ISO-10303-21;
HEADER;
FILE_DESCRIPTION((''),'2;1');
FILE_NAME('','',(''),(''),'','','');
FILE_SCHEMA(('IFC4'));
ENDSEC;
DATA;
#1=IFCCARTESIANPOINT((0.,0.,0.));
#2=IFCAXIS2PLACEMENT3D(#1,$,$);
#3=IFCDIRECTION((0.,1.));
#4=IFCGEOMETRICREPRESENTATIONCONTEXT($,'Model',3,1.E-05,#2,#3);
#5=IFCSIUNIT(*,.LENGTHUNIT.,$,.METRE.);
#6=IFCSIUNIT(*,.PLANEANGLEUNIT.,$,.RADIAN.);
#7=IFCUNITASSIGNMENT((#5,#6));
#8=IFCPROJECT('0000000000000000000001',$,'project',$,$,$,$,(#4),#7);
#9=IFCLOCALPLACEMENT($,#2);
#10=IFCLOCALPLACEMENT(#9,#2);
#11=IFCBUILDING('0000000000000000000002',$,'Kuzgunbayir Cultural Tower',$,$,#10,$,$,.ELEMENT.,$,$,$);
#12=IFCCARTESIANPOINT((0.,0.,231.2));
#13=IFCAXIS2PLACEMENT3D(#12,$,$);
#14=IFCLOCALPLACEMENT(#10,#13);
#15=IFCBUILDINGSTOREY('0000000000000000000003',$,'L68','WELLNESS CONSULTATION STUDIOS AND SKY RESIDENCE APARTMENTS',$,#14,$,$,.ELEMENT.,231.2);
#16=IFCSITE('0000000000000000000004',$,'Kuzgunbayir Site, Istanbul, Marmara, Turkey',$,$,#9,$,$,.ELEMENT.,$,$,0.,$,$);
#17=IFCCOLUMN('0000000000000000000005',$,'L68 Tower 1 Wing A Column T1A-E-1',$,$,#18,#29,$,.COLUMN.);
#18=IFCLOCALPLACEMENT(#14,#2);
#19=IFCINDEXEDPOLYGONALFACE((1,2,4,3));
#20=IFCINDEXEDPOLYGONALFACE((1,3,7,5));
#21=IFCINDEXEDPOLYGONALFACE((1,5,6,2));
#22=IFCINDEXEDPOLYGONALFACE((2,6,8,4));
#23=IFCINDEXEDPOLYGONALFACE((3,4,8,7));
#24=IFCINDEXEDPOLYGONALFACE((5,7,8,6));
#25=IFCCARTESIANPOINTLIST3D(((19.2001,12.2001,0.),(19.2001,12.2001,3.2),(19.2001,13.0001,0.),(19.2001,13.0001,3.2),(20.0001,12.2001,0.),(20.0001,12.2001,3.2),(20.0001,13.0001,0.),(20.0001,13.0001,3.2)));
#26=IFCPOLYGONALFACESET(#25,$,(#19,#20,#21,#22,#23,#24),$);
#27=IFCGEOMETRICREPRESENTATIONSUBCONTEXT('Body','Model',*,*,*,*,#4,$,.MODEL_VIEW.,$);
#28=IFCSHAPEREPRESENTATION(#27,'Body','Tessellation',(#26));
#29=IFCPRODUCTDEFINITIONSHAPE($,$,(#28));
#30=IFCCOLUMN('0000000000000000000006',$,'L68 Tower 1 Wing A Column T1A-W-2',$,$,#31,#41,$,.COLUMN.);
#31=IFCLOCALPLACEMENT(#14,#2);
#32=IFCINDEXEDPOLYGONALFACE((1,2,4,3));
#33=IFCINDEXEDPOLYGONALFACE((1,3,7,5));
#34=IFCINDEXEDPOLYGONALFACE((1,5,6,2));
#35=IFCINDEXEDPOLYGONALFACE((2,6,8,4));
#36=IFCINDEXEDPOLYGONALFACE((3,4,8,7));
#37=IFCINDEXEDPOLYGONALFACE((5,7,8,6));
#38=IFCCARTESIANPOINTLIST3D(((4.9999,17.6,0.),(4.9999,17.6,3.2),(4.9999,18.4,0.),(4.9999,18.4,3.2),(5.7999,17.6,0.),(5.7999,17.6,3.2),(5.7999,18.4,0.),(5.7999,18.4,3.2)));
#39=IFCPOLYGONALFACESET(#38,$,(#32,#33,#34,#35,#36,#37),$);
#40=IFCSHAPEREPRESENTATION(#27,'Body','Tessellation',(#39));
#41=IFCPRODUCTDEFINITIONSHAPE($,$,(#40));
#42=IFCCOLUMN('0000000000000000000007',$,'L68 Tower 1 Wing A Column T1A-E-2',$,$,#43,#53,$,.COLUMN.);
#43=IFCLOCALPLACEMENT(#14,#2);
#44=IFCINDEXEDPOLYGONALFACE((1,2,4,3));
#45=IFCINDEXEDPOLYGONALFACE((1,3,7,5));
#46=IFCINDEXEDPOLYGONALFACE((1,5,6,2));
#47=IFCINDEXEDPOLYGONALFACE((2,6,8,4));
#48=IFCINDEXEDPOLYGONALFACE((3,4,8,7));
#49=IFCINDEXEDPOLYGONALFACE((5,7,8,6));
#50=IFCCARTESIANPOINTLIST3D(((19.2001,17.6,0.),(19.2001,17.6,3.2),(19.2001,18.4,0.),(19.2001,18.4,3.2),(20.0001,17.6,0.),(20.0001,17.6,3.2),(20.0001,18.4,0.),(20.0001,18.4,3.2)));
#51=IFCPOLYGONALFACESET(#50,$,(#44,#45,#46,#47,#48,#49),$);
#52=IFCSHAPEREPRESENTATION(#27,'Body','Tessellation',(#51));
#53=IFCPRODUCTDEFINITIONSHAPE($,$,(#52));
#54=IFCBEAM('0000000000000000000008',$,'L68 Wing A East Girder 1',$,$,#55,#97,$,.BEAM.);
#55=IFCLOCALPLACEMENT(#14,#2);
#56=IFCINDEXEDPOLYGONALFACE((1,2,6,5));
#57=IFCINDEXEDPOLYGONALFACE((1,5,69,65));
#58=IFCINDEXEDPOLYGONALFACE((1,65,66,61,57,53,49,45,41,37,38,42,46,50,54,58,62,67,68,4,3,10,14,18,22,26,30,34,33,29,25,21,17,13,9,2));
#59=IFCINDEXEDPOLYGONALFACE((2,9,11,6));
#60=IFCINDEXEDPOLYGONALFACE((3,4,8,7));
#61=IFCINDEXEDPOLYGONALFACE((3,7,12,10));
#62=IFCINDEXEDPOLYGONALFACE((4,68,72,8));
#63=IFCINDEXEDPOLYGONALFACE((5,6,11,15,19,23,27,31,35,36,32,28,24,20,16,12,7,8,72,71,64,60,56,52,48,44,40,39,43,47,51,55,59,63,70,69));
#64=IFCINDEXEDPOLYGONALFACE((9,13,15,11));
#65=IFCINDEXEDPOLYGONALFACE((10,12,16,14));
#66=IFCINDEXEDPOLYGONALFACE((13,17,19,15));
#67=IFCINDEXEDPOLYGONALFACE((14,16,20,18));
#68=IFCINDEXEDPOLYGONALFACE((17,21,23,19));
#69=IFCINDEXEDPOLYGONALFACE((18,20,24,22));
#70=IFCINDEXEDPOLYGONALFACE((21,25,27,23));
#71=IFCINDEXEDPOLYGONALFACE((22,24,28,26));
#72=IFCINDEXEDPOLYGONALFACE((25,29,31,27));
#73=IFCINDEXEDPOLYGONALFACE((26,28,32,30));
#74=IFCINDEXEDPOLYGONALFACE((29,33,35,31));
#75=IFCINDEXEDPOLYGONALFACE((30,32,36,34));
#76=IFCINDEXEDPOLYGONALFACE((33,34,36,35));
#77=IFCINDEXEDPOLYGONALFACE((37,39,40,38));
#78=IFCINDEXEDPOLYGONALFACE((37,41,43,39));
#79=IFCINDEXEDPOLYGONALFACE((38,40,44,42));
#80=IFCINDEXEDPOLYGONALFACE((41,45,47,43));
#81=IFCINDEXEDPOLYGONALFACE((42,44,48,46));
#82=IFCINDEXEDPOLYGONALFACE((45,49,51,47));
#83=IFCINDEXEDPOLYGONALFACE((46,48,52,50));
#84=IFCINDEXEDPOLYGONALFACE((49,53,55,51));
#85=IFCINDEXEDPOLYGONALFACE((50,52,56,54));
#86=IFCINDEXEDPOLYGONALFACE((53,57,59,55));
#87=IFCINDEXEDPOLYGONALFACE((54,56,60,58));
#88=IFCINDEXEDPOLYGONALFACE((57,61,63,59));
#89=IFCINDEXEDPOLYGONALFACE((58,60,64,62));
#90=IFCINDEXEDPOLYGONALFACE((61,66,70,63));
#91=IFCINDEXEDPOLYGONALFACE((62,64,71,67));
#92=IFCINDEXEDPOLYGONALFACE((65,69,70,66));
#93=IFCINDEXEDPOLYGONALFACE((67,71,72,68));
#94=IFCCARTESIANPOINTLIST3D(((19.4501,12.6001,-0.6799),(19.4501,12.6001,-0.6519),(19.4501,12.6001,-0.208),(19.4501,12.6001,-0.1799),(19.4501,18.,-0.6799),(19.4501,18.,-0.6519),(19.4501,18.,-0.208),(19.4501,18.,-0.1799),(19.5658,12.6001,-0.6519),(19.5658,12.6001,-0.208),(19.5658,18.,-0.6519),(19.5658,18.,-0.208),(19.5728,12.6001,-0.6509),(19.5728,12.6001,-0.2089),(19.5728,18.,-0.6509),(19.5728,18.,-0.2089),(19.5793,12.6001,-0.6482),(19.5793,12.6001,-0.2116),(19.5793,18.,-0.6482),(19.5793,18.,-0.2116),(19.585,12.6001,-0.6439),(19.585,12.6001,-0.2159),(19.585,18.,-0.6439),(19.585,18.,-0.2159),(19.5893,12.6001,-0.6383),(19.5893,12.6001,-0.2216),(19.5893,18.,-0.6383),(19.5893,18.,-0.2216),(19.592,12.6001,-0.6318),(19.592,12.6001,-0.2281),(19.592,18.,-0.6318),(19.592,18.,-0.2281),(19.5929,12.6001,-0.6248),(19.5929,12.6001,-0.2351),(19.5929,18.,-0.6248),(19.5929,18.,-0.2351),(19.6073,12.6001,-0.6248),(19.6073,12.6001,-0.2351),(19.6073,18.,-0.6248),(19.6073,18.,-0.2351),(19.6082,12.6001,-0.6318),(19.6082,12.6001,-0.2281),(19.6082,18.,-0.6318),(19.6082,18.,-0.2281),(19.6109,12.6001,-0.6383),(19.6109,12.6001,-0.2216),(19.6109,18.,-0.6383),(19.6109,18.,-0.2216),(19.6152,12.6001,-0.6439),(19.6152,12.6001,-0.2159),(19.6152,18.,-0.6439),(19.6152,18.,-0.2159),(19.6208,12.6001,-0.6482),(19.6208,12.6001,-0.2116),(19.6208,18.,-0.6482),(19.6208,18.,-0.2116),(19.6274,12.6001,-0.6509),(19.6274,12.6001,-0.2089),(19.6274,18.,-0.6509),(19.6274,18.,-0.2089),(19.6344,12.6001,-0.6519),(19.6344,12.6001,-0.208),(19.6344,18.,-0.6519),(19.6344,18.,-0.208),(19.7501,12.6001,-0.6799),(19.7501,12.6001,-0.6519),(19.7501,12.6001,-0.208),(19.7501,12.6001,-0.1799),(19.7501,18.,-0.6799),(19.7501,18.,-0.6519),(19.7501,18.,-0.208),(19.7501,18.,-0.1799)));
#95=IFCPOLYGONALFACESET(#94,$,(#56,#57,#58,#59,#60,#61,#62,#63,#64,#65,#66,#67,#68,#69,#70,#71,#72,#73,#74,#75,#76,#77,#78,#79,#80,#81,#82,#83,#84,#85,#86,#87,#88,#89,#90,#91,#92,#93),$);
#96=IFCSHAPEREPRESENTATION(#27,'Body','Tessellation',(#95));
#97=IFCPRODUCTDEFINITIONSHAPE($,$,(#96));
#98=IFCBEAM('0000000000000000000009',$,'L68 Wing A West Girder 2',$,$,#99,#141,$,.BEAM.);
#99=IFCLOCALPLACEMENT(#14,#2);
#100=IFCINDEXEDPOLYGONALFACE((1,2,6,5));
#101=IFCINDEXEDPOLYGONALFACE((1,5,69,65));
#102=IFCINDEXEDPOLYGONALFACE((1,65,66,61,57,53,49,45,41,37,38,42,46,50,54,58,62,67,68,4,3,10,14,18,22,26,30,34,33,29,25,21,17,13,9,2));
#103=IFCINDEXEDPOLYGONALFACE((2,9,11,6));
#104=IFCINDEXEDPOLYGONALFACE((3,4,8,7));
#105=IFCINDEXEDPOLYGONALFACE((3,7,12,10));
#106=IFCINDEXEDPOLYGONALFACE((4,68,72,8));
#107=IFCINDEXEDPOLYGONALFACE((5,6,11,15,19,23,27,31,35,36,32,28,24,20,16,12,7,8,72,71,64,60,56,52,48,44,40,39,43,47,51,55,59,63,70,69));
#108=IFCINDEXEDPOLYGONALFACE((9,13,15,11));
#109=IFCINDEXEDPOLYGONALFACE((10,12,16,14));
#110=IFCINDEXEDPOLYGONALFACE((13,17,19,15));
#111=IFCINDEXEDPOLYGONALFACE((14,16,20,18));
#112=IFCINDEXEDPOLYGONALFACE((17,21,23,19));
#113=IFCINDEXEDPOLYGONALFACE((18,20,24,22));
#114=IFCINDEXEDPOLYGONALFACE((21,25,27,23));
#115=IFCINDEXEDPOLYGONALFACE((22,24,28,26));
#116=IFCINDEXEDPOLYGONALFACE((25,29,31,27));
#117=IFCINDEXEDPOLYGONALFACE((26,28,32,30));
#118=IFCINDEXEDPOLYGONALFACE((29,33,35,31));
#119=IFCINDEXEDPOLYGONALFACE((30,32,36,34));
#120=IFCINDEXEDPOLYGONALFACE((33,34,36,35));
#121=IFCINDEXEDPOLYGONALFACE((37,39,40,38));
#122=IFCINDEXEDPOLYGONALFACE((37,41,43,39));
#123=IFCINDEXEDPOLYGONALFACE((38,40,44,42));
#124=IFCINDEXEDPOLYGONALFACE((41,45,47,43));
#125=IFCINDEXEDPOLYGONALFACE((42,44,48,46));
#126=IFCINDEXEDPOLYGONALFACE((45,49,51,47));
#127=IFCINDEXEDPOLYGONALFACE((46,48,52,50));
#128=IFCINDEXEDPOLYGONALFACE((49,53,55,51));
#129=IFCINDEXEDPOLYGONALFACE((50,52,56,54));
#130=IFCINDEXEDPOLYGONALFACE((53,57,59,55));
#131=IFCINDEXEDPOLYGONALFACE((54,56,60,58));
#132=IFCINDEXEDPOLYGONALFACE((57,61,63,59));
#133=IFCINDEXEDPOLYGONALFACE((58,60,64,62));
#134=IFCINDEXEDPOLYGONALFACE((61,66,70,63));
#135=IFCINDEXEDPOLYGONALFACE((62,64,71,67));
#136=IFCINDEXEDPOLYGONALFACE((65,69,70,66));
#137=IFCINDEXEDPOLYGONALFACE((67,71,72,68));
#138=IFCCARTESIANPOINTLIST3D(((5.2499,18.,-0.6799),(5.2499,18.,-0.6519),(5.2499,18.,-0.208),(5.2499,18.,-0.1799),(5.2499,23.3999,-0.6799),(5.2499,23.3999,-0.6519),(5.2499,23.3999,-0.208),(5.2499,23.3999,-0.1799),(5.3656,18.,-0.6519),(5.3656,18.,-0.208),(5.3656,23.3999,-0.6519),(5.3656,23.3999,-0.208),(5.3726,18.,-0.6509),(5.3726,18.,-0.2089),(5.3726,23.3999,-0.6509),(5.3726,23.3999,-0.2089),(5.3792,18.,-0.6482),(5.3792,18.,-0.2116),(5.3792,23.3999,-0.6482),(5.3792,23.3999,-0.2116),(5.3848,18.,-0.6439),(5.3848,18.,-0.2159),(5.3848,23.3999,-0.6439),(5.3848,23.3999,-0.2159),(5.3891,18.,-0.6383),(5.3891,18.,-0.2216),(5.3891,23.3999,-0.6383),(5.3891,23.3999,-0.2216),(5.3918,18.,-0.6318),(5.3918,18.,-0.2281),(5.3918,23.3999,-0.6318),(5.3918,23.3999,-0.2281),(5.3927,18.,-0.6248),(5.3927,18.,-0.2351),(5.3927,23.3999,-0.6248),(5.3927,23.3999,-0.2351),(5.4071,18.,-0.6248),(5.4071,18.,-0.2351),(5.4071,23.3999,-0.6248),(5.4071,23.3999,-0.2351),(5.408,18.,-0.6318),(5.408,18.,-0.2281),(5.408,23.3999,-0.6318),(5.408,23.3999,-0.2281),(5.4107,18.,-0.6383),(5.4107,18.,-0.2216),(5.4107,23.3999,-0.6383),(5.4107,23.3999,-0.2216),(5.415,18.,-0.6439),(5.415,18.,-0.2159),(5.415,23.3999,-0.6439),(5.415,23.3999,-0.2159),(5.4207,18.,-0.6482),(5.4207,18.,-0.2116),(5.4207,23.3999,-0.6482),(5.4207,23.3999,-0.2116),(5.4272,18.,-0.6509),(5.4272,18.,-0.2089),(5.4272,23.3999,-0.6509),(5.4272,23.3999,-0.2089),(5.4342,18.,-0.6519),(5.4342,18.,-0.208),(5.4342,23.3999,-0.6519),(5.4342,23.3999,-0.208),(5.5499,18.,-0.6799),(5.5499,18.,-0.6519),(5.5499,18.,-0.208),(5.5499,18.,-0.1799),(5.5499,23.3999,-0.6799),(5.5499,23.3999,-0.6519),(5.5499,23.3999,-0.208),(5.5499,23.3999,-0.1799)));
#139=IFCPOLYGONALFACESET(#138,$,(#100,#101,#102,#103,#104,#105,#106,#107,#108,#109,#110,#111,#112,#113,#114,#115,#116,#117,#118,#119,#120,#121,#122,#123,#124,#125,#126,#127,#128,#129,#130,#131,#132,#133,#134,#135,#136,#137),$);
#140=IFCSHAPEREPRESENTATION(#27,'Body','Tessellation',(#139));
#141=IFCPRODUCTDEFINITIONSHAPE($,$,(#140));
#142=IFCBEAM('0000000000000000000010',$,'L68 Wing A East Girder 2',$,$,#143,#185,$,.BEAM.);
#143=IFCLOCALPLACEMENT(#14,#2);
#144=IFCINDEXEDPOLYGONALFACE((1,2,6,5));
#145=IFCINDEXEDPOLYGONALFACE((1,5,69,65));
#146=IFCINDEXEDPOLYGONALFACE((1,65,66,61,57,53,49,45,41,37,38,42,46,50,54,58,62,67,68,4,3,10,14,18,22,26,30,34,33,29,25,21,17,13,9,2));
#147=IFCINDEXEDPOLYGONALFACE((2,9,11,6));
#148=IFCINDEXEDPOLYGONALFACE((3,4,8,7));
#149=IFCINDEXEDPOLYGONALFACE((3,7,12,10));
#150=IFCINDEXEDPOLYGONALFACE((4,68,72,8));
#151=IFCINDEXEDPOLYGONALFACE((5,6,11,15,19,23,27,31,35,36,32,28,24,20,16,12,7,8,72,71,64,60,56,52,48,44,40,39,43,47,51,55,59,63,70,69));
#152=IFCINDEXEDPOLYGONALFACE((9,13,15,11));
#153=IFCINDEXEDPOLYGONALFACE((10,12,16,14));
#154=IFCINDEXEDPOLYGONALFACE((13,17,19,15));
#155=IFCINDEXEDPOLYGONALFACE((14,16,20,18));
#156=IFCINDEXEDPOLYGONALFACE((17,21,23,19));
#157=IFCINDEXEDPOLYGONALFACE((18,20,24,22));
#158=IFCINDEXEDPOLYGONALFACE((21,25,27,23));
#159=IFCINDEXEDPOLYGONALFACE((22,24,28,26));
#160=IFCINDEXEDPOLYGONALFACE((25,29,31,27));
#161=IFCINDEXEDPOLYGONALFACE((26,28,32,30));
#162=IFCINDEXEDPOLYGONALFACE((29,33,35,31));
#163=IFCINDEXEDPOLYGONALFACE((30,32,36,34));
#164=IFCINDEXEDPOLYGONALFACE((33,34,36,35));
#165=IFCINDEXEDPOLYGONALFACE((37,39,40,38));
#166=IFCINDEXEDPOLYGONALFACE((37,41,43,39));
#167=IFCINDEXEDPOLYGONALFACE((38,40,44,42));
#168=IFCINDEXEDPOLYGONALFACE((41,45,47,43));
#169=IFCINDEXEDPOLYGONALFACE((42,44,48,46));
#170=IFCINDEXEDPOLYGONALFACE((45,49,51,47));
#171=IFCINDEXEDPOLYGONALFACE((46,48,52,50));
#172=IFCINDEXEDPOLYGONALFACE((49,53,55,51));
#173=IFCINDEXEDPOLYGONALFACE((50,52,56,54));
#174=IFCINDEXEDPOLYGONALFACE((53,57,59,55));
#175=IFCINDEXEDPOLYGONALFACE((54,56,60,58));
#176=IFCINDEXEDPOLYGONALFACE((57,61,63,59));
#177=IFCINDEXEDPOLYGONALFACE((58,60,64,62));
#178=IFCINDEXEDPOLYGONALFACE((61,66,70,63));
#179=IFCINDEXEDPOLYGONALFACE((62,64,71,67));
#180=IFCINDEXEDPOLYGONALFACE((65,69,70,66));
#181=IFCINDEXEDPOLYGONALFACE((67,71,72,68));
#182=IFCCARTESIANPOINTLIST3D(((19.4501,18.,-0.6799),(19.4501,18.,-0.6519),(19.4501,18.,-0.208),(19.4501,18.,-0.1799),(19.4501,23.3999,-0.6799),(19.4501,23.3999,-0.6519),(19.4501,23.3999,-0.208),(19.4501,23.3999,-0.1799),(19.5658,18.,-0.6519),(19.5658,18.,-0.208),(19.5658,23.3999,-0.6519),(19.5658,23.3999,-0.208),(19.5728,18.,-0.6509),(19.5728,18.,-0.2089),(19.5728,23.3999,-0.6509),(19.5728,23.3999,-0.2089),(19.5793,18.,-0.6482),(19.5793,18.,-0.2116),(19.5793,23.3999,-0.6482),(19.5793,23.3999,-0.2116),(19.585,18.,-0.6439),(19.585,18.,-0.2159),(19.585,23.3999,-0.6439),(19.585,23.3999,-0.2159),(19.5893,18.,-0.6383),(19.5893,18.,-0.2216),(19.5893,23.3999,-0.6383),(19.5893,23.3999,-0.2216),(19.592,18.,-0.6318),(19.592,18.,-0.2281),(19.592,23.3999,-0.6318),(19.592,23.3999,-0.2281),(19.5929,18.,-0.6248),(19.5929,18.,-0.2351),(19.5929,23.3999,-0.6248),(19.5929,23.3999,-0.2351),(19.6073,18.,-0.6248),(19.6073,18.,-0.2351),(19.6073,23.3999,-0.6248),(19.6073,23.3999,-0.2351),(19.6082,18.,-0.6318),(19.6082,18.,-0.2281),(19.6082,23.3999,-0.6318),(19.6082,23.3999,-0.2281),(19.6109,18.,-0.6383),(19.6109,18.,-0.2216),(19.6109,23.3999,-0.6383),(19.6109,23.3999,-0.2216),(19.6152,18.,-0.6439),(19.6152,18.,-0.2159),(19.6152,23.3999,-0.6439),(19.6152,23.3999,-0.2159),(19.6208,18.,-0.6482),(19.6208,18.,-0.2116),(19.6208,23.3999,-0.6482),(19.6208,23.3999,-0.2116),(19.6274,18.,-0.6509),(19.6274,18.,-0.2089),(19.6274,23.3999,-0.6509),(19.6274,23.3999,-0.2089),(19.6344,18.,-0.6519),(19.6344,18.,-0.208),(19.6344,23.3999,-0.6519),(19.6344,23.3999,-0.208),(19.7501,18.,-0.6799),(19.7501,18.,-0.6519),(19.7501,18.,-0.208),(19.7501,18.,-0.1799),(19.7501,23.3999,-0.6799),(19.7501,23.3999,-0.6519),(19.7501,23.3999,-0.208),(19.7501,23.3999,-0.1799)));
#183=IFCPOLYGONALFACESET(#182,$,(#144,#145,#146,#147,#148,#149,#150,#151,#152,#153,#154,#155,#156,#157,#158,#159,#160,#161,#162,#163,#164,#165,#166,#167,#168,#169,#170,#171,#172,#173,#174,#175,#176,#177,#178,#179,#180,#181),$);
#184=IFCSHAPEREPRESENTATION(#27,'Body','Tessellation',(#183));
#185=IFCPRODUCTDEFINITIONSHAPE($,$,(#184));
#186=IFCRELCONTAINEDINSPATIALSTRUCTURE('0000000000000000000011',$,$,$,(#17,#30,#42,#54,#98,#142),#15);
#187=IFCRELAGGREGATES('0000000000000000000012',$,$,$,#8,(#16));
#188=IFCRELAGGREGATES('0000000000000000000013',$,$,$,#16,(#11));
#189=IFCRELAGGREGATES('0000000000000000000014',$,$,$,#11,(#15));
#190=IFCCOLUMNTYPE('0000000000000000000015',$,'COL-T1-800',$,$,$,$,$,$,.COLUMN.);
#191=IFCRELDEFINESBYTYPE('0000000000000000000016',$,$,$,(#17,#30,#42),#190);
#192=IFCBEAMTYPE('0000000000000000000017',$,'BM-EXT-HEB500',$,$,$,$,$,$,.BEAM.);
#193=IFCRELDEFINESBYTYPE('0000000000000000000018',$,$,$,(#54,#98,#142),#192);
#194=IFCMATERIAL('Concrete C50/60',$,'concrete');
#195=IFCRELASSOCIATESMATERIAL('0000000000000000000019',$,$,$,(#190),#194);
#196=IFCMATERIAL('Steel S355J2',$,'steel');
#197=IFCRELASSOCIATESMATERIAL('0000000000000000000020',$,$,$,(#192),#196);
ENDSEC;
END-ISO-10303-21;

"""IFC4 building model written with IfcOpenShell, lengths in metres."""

from ifc_helpers import new_model, si_unit, direction, frame, origin, origin_2d, place, context, subcontext, project, spatial, rectangle, i_section, extrude, material, material_profile, profile_set, type_object, element, save


model = new_model("IFC4")

# Units and contexts
model_context = context("Model", 3, precision=1e-05, world=origin(), true_north=direction((0.0, 1.0)))
body_context = subcontext(model_context, "Body", "Model", "MODEL_VIEW")
ifc_project = project(units=[si_unit("LENGTHUNIT", "METRE"), si_unit("PLANEANGLEUNIT", "RADIAN")], contexts=[model_context])

# Site, building, storey
site_placement = place(None, origin())
site = spatial("IfcSite", under=ifc_project, at=site_placement, Name="Kuzgunbayir Site, Istanbul, Marmara, Turkey", CompositionType="ELEMENT", RefElevation=0.0)
building_placement = place(site_placement, origin())
building = spatial("IfcBuilding", under=site, at=building_placement, Name="Kuzgunbayir Cultural Tower", CompositionType="ELEMENT")
storey_placement = place(building_placement, frame((0.0, 0.0, 231.2)))
storey = spatial("IfcBuildingStorey", under=building, at=storey_placement, Name="L68", Description="WELLNESS CONSULTATION STUDIOS AND SKY RESIDENCE APARTMENTS", CompositionType="ELEMENT", Elevation=231.2)

# Columns
ifc_material_1 = material(Name="Concrete C50/60", Category="concrete")
ifc_material_profile_1 = material_profile(ifc_material_1, rectangle(XDim=0.8, YDim=0.8, at=origin_2d()), Name="RC 800x800")
ifc_profile_set_1 = profile_set([ifc_material_profile_1], Name="Concrete C50/60")
column_type = type_object("IfcColumnType", Name="COL-T1-800", PredefinedType="COLUMN", material=ifc_profile_set_1)
for number, where, z_axis, x_axis, name in (
    (1, (19.6001, 12.6001, 0.0), (0.0, 0.0, 1.0), (1.0, 0.0, 0.0), "L68 Tower 1 Wing A Column T1A-E-1"),
    (2, (5.3999, 18.0, 0.0), (0.0, 0.0, 1.0), (1.0, 0.0, 0.0), "L68 Tower 1 Wing A Column T1A-W-2"),
    (3, (19.6001, 18.0, 0.0), (0.0, 0.0, 1.0), (1.0, 0.0, 0.0), "L68 Tower 1 Wing A Column T1A-E-2"),
):
    element("IfcColumn", number, at=place(storey_placement, frame(where, z_axis=z_axis, x_axis=x_axis)), inside=storey, type_object=column_type, Name=name, PredefinedType="COLUMN", context=body_context, shape_type="SweptSolid", body=[
        extrude(rectangle(XDim=0.8, YDim=0.8, at=origin_2d()), origin(), (0.0, 0.0, 1.0), 3.2),
    ])

# Beams
ifc_material_2 = material(Name="Steel S355J2", Category="steel")
ifc_material_profile_2 = material_profile(ifc_material_2, i_section(OverallWidth=0.3, OverallDepth=0.5, WebThickness=0.0144, FlangeThickness=0.0281, FilletRadius=0.0271, at=origin_2d()), Name="HEB 500")
ifc_profile_set_2 = profile_set([ifc_material_profile_2], Name="Steel S355J2")
beam_type_1 = type_object("IfcBeamType", Name="BM-EXT-HEB500", PredefinedType="BEAM", material=ifc_profile_set_2)
for number, where, z_axis, x_axis, name in (
    (4, (19.6001, 12.6001, -0.4299), (0.0, 1.0, 0.0), (-1.0, 0.0, 0.0), "L68 Wing A East Girder 1"),
    (5, (5.3999, 18.0, -0.4299), (0.0, 1.0, 0.0), (-1.0, 0.0, 0.0), "L68 Wing A West Girder 2"),
    (6, (19.6001, 18.0, -0.4299), (0.0, 1.0, 0.0), (-1.0, 0.0, 0.0), "L68 Wing A East Girder 2"),
):
    element("IfcBeam", number, at=place(storey_placement, frame(where, z_axis=z_axis, x_axis=x_axis)), inside=storey, type_object=beam_type_1, Name=name, PredefinedType="BEAM", context=body_context, shape_type="SweptSolid", body=[
        extrude(i_section(OverallWidth=0.3, OverallDepth=0.5, WebThickness=0.0144, FlangeThickness=0.0281, FilletRadius=0.0271, at=origin_2d()), origin(), (0.0, 0.0, 1.0), 5.3999),
    ])

save(model, "model.ifc")
